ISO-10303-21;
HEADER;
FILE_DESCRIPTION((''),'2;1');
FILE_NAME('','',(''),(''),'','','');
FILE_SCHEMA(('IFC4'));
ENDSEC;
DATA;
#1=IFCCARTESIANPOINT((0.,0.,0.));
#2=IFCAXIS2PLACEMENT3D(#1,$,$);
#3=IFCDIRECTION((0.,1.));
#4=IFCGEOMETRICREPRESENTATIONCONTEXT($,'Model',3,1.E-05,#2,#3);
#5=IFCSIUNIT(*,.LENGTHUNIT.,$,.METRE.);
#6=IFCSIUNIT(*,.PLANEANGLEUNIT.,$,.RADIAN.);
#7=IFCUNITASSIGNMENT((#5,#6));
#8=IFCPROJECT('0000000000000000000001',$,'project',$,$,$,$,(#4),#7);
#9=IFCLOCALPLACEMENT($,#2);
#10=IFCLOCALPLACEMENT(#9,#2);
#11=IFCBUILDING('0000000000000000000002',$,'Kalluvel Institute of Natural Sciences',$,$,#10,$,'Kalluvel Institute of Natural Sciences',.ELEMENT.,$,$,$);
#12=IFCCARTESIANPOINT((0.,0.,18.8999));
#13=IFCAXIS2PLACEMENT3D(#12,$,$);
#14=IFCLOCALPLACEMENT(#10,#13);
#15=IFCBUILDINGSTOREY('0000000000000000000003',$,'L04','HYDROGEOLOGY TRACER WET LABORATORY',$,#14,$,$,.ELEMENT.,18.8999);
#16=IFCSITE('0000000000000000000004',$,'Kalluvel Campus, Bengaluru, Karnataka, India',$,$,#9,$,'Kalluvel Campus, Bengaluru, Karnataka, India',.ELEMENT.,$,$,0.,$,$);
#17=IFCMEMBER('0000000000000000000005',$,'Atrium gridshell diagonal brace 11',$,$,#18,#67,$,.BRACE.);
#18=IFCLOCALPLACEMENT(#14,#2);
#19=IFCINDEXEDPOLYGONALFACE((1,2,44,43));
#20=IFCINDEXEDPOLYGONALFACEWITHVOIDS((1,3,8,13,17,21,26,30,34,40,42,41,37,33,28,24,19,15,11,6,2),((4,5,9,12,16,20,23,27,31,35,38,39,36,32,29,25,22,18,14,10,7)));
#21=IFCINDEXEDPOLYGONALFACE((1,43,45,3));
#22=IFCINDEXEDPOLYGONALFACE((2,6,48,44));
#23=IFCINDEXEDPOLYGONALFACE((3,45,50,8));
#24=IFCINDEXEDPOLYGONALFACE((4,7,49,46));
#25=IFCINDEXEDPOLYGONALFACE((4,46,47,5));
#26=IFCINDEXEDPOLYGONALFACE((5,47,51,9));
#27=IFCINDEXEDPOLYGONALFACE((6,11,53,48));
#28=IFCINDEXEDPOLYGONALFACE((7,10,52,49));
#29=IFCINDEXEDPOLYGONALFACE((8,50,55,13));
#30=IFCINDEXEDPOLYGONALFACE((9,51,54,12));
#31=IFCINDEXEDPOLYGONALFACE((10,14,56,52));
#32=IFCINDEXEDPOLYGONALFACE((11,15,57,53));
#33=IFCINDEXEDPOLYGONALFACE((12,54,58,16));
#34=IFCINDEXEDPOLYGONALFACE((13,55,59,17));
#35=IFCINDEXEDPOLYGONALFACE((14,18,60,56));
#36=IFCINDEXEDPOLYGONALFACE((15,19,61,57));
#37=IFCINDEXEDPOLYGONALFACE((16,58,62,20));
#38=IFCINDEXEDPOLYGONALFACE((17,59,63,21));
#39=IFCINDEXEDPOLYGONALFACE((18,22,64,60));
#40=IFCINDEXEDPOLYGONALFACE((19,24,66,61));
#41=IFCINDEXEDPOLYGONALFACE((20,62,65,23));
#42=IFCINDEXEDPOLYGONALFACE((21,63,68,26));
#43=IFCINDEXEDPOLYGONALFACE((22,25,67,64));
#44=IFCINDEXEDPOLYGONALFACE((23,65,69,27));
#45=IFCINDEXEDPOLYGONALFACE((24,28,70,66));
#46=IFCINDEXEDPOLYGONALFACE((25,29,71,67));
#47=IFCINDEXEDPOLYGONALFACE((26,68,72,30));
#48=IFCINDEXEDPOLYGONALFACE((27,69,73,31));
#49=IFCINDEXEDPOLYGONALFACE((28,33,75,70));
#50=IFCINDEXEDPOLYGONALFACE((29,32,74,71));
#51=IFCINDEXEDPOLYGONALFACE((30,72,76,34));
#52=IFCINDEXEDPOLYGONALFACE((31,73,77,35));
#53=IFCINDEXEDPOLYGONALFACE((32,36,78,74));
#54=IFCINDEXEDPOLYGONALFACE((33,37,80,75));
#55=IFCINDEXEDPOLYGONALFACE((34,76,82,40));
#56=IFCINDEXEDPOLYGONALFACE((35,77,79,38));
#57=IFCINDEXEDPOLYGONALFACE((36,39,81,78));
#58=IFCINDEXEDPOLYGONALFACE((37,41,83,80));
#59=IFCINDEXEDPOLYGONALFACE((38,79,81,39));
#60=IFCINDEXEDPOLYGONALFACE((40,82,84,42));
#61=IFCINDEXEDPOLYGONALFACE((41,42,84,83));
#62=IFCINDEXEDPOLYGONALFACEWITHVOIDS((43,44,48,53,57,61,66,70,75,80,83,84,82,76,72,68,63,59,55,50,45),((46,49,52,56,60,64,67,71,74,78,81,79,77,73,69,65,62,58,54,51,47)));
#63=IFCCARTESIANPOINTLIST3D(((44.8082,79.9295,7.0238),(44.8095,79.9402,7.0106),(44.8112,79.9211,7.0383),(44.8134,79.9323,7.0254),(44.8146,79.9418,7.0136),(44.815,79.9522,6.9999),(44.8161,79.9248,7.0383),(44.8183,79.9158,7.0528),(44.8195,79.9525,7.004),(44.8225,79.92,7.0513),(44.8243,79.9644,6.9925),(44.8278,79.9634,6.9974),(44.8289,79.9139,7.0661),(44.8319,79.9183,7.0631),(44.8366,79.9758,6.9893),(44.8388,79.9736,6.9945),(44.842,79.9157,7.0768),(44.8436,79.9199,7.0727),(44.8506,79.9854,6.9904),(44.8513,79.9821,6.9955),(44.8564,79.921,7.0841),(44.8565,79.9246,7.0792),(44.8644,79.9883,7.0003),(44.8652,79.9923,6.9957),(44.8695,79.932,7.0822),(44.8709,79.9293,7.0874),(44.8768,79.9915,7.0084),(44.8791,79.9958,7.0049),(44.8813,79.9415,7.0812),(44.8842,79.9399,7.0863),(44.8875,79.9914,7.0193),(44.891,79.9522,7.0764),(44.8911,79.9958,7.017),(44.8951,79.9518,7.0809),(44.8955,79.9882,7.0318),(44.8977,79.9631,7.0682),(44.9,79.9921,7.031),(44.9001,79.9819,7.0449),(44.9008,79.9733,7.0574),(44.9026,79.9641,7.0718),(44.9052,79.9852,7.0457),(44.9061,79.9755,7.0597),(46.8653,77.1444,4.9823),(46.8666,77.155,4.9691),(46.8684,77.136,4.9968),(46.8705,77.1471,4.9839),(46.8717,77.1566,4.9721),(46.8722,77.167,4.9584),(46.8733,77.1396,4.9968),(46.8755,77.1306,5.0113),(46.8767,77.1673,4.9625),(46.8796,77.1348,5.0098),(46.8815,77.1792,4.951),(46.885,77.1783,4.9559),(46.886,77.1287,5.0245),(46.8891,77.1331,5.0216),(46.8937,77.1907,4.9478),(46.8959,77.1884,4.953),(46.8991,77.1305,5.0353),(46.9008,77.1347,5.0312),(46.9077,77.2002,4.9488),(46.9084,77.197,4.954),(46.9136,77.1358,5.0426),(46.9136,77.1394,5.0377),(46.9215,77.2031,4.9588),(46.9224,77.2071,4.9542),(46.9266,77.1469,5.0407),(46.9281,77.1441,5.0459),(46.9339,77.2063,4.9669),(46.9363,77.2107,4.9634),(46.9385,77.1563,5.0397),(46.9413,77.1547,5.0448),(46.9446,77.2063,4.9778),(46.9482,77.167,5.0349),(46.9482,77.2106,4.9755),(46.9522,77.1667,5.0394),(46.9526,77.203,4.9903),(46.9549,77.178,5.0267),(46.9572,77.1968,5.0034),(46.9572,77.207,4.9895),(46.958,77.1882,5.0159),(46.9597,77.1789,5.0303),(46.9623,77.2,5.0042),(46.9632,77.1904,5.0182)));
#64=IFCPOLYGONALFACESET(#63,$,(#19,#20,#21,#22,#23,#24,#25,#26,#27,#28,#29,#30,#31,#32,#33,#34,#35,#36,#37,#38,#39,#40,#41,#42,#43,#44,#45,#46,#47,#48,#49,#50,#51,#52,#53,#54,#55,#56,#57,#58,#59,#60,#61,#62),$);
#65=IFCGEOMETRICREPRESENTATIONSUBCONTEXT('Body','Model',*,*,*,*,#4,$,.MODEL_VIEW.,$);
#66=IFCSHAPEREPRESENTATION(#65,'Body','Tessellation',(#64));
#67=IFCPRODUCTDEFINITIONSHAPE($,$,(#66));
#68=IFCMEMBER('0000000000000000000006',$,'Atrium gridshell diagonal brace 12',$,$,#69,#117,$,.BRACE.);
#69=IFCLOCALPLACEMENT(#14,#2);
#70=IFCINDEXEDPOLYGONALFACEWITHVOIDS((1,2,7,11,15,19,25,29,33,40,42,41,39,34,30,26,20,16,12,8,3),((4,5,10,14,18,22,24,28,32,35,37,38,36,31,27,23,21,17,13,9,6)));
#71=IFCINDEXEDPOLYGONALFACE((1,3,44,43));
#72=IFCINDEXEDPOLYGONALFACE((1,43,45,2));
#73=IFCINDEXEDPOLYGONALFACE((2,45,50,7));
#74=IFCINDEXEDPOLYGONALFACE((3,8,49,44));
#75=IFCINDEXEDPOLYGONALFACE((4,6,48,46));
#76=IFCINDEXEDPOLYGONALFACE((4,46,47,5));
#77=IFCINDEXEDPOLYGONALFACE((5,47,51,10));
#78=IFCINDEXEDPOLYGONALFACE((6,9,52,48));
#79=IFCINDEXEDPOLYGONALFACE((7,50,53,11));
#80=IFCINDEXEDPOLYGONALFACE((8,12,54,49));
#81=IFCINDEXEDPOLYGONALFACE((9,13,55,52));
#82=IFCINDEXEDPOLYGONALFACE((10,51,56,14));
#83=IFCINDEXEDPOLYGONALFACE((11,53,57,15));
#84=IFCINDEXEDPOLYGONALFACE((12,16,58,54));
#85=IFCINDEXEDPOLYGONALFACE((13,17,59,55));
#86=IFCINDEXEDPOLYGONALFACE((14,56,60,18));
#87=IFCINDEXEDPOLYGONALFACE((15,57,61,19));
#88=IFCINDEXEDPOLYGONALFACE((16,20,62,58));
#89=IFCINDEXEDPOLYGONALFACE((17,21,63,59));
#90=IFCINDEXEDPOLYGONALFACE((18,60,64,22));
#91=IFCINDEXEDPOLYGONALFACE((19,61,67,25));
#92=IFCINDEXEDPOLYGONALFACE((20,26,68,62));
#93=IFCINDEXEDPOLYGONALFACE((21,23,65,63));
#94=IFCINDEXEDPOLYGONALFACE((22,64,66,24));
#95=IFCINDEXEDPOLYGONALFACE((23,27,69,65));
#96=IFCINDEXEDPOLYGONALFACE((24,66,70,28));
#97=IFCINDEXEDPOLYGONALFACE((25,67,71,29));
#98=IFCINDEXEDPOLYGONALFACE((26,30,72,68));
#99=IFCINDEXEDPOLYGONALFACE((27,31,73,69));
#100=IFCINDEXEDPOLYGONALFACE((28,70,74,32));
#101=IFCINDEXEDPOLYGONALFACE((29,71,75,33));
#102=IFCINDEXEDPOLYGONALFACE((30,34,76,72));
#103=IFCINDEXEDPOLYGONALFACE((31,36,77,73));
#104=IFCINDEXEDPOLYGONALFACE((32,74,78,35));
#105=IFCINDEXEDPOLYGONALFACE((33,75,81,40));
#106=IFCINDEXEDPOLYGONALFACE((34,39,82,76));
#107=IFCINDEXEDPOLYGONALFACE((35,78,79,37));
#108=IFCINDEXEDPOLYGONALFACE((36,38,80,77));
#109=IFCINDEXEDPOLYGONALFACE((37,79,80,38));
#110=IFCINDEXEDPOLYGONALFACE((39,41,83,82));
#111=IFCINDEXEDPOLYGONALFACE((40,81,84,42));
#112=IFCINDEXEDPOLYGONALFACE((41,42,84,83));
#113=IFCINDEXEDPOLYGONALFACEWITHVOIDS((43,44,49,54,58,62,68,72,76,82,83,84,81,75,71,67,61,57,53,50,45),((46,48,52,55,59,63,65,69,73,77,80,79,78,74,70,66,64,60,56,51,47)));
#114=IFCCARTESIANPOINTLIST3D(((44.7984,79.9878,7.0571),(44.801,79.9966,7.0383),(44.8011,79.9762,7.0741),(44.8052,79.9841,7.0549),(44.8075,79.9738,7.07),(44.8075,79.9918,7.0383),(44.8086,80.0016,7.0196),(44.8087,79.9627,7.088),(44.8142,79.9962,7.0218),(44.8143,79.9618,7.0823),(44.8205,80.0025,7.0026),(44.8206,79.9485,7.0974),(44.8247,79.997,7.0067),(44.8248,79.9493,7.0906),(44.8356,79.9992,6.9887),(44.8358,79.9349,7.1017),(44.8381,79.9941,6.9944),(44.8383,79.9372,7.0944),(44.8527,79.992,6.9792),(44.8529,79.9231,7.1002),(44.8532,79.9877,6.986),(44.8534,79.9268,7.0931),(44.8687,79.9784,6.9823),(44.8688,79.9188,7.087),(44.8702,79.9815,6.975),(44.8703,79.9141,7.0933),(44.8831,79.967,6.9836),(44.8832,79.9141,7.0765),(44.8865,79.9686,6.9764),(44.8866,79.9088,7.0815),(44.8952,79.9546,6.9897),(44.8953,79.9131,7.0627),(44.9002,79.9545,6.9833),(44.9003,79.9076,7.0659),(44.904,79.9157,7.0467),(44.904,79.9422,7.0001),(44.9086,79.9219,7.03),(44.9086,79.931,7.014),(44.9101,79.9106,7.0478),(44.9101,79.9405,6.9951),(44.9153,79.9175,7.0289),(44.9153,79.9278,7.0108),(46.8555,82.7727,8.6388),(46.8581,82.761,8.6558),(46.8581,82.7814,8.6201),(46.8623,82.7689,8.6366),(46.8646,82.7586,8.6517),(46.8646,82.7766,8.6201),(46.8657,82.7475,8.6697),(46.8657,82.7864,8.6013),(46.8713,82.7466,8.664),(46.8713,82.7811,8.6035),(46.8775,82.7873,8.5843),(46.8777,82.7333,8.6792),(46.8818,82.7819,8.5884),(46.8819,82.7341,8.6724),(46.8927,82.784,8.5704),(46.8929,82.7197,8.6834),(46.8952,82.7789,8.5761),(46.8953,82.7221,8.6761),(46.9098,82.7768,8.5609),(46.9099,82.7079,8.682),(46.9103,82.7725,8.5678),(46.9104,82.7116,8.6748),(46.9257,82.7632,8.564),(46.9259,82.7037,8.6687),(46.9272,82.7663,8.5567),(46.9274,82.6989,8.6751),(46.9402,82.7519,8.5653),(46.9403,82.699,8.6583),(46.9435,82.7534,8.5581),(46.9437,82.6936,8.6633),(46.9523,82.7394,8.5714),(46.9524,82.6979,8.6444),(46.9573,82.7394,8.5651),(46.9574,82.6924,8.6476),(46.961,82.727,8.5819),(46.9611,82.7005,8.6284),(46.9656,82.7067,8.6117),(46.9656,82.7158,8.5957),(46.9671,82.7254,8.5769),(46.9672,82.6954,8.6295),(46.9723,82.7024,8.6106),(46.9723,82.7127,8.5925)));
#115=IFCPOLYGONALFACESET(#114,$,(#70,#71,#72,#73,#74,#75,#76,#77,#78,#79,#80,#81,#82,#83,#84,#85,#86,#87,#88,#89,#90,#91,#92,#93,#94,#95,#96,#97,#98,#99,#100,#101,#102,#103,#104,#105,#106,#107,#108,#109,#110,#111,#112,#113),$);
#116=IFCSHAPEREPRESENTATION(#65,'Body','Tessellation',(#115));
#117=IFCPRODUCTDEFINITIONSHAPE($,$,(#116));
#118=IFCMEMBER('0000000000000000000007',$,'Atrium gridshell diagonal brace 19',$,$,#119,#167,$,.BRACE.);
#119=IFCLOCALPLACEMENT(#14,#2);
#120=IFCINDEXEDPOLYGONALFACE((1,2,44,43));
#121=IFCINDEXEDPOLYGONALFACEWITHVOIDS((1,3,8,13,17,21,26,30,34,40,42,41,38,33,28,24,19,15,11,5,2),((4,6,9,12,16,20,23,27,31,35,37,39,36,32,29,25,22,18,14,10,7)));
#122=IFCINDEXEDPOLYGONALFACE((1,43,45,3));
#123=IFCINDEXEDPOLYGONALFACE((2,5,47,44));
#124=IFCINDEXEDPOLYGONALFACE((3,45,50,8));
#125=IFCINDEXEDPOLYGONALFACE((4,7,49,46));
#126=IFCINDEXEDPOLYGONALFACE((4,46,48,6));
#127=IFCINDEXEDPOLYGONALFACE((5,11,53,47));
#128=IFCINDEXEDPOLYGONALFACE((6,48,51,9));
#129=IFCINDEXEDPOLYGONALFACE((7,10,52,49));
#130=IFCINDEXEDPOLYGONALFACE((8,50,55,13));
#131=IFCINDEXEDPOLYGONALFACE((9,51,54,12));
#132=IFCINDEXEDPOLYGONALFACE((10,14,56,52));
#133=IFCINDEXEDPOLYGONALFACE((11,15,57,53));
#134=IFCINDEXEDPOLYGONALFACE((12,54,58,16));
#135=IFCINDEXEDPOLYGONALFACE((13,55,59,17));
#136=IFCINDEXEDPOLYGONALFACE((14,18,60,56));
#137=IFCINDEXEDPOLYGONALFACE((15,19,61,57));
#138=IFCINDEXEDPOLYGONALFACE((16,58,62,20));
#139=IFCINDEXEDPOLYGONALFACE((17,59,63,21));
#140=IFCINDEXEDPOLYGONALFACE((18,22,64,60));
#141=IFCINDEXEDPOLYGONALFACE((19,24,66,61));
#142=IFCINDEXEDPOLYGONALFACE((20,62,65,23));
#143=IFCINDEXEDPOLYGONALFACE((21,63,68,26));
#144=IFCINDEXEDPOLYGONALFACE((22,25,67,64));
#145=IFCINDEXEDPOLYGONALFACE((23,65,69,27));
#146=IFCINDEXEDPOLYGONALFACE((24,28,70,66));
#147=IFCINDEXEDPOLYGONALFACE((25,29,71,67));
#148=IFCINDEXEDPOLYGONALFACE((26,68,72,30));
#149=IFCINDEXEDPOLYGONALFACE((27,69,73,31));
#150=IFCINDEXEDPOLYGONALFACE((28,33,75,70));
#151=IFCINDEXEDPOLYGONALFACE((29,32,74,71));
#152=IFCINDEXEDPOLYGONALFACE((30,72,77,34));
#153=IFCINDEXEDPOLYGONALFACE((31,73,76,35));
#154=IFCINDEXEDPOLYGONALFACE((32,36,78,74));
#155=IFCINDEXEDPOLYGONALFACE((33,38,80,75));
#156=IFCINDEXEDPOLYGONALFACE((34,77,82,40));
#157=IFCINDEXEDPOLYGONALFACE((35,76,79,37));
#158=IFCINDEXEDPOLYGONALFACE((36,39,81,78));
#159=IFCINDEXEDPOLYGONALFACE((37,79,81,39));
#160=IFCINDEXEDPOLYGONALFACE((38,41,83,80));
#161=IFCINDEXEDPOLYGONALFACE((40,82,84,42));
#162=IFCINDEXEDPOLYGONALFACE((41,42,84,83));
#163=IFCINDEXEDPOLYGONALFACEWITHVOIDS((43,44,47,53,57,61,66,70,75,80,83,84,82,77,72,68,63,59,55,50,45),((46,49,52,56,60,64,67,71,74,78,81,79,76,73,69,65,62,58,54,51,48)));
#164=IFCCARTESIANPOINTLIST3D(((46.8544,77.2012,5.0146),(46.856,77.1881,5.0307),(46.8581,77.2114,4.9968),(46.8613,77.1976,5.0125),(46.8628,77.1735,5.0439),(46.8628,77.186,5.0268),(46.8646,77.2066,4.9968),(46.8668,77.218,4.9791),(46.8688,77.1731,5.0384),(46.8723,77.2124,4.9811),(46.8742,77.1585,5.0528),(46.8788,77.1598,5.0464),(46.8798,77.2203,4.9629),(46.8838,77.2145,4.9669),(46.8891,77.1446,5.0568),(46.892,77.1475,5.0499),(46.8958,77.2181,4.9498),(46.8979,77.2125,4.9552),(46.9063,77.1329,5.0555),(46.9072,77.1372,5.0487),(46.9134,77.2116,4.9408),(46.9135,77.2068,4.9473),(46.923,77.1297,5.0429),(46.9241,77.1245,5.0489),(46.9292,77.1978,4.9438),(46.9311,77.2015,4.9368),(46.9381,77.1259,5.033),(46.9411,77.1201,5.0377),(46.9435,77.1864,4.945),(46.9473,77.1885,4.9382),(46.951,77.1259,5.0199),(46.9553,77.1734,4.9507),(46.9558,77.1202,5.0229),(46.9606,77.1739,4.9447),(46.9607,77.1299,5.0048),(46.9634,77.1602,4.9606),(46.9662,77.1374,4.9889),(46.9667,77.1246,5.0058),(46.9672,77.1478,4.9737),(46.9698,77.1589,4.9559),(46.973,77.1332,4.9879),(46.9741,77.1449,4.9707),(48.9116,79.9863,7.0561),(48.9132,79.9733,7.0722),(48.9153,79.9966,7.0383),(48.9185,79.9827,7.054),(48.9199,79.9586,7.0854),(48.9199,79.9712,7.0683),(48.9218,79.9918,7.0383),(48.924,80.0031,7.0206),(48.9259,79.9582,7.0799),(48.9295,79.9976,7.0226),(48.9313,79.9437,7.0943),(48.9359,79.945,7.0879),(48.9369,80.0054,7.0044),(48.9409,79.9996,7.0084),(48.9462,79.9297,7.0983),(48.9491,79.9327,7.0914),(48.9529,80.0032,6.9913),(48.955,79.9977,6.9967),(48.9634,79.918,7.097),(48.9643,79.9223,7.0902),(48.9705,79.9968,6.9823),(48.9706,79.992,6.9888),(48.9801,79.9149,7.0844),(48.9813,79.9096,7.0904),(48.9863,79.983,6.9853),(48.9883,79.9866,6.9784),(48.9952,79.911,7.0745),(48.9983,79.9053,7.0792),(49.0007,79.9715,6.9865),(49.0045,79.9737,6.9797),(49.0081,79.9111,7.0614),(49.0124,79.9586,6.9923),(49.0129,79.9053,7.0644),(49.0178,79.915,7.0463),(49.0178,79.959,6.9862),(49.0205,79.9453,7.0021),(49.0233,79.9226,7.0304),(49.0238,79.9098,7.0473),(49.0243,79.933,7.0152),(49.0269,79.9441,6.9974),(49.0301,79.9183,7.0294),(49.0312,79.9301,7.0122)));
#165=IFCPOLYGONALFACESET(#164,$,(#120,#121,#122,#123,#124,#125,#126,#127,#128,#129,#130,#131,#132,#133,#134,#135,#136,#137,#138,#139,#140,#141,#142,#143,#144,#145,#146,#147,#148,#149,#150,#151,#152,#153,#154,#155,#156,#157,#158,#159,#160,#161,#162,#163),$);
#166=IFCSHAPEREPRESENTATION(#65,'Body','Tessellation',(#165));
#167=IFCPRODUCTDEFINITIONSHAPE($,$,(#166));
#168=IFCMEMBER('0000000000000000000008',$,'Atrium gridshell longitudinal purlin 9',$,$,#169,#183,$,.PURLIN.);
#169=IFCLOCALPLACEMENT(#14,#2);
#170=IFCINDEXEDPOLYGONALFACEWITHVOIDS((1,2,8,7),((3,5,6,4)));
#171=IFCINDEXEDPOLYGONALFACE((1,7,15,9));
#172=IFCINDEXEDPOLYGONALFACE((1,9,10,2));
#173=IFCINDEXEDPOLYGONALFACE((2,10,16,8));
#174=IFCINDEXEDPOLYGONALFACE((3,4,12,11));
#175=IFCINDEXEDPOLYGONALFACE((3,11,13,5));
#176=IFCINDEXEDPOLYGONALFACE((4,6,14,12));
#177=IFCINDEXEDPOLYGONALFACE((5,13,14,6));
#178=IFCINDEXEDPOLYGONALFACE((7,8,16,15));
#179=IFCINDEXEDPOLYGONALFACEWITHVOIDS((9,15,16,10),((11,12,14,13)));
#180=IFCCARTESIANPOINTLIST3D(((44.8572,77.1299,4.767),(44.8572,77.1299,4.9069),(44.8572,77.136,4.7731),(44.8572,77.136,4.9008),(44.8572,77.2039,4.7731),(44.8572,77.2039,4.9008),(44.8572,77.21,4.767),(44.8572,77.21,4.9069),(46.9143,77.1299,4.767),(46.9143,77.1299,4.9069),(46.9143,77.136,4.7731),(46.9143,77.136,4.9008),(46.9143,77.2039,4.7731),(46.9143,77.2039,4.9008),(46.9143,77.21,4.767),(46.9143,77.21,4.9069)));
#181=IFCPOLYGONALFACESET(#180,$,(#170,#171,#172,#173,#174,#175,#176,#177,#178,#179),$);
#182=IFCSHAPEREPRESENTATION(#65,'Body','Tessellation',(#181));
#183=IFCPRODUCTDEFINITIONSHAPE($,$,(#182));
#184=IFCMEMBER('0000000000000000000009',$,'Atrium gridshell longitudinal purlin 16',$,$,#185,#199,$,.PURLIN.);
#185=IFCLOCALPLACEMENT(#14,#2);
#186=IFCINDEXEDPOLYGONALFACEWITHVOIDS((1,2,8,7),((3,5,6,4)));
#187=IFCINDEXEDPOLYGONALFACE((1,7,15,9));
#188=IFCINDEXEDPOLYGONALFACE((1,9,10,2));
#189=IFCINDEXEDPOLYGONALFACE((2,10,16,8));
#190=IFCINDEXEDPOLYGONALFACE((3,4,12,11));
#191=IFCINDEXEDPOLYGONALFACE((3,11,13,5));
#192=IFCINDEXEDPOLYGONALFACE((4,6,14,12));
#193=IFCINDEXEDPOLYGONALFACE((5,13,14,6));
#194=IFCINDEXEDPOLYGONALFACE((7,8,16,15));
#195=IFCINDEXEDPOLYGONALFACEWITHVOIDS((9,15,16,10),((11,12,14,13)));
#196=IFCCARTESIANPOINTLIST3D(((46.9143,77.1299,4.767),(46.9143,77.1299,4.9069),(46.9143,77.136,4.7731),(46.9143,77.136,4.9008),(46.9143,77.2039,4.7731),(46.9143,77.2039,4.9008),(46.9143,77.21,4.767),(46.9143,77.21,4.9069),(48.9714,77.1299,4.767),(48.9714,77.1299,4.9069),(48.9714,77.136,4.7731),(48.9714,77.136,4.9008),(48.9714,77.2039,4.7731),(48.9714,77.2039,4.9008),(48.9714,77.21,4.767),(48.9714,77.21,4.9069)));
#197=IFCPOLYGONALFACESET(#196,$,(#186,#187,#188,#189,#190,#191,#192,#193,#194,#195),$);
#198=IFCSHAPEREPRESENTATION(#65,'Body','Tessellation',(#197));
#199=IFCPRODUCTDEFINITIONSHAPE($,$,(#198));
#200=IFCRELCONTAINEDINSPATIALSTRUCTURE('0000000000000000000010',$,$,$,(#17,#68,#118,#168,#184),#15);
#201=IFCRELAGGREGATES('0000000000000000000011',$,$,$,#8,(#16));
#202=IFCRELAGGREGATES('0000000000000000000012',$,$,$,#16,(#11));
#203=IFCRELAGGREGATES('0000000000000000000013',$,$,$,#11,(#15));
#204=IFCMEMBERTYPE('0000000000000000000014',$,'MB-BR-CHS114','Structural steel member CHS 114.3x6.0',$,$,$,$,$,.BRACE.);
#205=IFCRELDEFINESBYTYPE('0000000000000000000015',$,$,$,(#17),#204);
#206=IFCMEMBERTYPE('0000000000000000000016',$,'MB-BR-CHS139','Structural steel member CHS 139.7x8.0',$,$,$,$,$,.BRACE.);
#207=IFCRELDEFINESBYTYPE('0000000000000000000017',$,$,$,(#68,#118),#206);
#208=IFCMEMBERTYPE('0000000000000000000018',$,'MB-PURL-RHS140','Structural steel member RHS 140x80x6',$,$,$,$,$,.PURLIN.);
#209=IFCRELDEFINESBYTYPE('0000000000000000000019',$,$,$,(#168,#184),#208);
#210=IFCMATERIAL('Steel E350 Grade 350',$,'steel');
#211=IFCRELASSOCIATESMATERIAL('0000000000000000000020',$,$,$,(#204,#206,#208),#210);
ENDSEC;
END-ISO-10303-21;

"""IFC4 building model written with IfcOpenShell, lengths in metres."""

from ifc_helpers import new_model, si_unit, direction, frame, origin, origin_2d, place, context, subcontext, project, spatial, hollow_rectangle, hollow_circle, extrude, material, material_profile, profile_set, type_object, element, save


model = new_model("IFC4")

# Units and contexts
model_context = context("Model", 3, precision=1e-05, world=origin(), true_north=direction((0.0, 1.0)))
body_context = subcontext(model_context, "Body", "Model", "MODEL_VIEW")
ifc_project = project(units=[si_unit("LENGTHUNIT", "METRE"), si_unit("PLANEANGLEUNIT", "RADIAN")], contexts=[model_context])

# Site, building, storey
site_placement = place(None, origin())
site = spatial("IfcSite", under=ifc_project, at=site_placement, Name="Kalluvel Campus, Bengaluru, Karnataka, India", LongName="Kalluvel Campus, Bengaluru, Karnataka, India", CompositionType="ELEMENT", RefElevation=0.0)
building_placement = place(site_placement, origin())
building = spatial("IfcBuilding", under=site, at=building_placement, Name="Kalluvel Institute of Natural Sciences", LongName="Kalluvel Institute of Natural Sciences", CompositionType="ELEMENT")
storey_placement = place(building_placement, frame((0.0, 0.0, 18.8999)))
storey = spatial("IfcBuildingStorey", under=building, at=storey_placement, Name="L04", Description="HYDROGEOLOGY TRACER WET LABORATORY", CompositionType="ELEMENT", Elevation=18.8999)

# Members
ifc_material_1 = material(Name="Steel E350 Grade 350", Category="steel")
ifc_material_profile_1 = material_profile(ifc_material_1, hollow_circle(Radius=0.0571, WallThickness=0.0061, at=origin_2d()), Name="CHS 114.3x6.0")
ifc_profile_set_1 = profile_set([ifc_material_profile_1], Name="Steel E350 Grade 350")
member_type_1 = type_object("IfcMemberType", Name="MB-BR-CHS114", Description="Structural steel member CHS 114.3x6.0", PredefinedType="BRACE", material=ifc_profile_set_1)
member_1_placement = place(storey_placement, frame((46.9143, 77.1699, 4.9968), z_axis=(-0.511784, 0.692906, 0.507896), x_axis=(-0.804378, -0.594117, 0.0)))
element("IfcMember", 1, at=member_1_placement, inside=storey, type_object=member_type_1, Name="Atrium gridshell diagonal brace 11", PredefinedType="BRACE", context=body_context, shape_type="SweptSolid", body=[
    extrude(hollow_circle(Radius=0.0571, WallThickness=0.0061, at=origin_2d()), origin(), (0.0, 0.0, 1.0), 4.0195),
])
ifc_material_profile_2 = material_profile(ifc_material_1, hollow_circle(Radius=0.0698, WallThickness=0.0081, at=origin_2d()), Name="CHS 139.7x8.0")
ifc_profile_set_2 = profile_set([ifc_material_profile_2], Name="Steel E350 Grade 350")
member_type_2 = type_object("IfcMemberType", Name="MB-BR-CHS139", Description="Structural steel member CHS 139.7x8.0", PredefinedType="BRACE", material=ifc_profile_set_2)
member_2_placement = place(storey_placement, frame((44.8572, 79.9551, 7.0383), z_axis=(0.540423, 0.731617, 0.415547), x_axis=(-0.804353, 0.594151, 0.0)))
element("IfcMember", 2, at=member_2_placement, inside=storey, type_object=member_type_2, Name="Atrium gridshell diagonal brace 12", PredefinedType="BRACE", context=body_context, shape_type="SweptSolid", body=[
    extrude(hollow_circle(Radius=0.0698, WallThickness=0.0081, at=origin_2d()), origin(), (0.0, 0.0, 1.0), 3.8064),
])
member_3_placement = place(storey_placement, frame((46.9143, 77.1699, 4.9968), z_axis=(0.511784, 0.692906, 0.507896), x_axis=(-0.804378, 0.594117, 0.0)))
element("IfcMember", 3, at=member_3_placement, inside=storey, type_object=member_type_2, Name="Atrium gridshell diagonal brace 19", PredefinedType="BRACE", context=body_context, shape_type="SweptSolid", body=[
    extrude(hollow_circle(Radius=0.0698, WallThickness=0.0081, at=origin_2d()), origin(), (0.0, 0.0, 1.0), 4.0195),
])
ifc_material_profile_3 = material_profile(ifc_material_1, hollow_rectangle(XDim=0.0801, YDim=0.1399, WallThickness=0.0061, at=origin_2d()), Name="RHS 140x80x6")
ifc_profile_set_3 = profile_set([ifc_material_profile_3], Name="Steel E350 Grade 350")
member_type_3 = type_object("IfcMemberType", Name="MB-PURL-RHS140", Description="Structural steel member RHS 140x80x6", PredefinedType="PURLIN", material=ifc_profile_set_3)
for number, where, z_axis, x_axis, name in (
    (4, (44.8572, 77.1699, 4.8369), (1.0, 0.0, 0.0), (0.0, 1.0, 0.0), "Atrium gridshell longitudinal purlin 9"),
    (5, (46.9143, 77.1699, 4.8369), (1.0, 0.0, 0.0), (0.0, 1.0, 0.0), "Atrium gridshell longitudinal purlin 16"),
):
    element("IfcMember", number, at=place(storey_placement, frame(where, z_axis=z_axis, x_axis=x_axis)), inside=storey, type_object=member_type_3, Name=name, PredefinedType="PURLIN", context=body_context, shape_type="SweptSolid", body=[
        extrude(hollow_rectangle(XDim=0.0801, YDim=0.1399, WallThickness=0.0061, at=origin_2d()), origin(), (0.0, 0.0, 1.0), 2.0571),
    ])

save(model, "model.ifc")
